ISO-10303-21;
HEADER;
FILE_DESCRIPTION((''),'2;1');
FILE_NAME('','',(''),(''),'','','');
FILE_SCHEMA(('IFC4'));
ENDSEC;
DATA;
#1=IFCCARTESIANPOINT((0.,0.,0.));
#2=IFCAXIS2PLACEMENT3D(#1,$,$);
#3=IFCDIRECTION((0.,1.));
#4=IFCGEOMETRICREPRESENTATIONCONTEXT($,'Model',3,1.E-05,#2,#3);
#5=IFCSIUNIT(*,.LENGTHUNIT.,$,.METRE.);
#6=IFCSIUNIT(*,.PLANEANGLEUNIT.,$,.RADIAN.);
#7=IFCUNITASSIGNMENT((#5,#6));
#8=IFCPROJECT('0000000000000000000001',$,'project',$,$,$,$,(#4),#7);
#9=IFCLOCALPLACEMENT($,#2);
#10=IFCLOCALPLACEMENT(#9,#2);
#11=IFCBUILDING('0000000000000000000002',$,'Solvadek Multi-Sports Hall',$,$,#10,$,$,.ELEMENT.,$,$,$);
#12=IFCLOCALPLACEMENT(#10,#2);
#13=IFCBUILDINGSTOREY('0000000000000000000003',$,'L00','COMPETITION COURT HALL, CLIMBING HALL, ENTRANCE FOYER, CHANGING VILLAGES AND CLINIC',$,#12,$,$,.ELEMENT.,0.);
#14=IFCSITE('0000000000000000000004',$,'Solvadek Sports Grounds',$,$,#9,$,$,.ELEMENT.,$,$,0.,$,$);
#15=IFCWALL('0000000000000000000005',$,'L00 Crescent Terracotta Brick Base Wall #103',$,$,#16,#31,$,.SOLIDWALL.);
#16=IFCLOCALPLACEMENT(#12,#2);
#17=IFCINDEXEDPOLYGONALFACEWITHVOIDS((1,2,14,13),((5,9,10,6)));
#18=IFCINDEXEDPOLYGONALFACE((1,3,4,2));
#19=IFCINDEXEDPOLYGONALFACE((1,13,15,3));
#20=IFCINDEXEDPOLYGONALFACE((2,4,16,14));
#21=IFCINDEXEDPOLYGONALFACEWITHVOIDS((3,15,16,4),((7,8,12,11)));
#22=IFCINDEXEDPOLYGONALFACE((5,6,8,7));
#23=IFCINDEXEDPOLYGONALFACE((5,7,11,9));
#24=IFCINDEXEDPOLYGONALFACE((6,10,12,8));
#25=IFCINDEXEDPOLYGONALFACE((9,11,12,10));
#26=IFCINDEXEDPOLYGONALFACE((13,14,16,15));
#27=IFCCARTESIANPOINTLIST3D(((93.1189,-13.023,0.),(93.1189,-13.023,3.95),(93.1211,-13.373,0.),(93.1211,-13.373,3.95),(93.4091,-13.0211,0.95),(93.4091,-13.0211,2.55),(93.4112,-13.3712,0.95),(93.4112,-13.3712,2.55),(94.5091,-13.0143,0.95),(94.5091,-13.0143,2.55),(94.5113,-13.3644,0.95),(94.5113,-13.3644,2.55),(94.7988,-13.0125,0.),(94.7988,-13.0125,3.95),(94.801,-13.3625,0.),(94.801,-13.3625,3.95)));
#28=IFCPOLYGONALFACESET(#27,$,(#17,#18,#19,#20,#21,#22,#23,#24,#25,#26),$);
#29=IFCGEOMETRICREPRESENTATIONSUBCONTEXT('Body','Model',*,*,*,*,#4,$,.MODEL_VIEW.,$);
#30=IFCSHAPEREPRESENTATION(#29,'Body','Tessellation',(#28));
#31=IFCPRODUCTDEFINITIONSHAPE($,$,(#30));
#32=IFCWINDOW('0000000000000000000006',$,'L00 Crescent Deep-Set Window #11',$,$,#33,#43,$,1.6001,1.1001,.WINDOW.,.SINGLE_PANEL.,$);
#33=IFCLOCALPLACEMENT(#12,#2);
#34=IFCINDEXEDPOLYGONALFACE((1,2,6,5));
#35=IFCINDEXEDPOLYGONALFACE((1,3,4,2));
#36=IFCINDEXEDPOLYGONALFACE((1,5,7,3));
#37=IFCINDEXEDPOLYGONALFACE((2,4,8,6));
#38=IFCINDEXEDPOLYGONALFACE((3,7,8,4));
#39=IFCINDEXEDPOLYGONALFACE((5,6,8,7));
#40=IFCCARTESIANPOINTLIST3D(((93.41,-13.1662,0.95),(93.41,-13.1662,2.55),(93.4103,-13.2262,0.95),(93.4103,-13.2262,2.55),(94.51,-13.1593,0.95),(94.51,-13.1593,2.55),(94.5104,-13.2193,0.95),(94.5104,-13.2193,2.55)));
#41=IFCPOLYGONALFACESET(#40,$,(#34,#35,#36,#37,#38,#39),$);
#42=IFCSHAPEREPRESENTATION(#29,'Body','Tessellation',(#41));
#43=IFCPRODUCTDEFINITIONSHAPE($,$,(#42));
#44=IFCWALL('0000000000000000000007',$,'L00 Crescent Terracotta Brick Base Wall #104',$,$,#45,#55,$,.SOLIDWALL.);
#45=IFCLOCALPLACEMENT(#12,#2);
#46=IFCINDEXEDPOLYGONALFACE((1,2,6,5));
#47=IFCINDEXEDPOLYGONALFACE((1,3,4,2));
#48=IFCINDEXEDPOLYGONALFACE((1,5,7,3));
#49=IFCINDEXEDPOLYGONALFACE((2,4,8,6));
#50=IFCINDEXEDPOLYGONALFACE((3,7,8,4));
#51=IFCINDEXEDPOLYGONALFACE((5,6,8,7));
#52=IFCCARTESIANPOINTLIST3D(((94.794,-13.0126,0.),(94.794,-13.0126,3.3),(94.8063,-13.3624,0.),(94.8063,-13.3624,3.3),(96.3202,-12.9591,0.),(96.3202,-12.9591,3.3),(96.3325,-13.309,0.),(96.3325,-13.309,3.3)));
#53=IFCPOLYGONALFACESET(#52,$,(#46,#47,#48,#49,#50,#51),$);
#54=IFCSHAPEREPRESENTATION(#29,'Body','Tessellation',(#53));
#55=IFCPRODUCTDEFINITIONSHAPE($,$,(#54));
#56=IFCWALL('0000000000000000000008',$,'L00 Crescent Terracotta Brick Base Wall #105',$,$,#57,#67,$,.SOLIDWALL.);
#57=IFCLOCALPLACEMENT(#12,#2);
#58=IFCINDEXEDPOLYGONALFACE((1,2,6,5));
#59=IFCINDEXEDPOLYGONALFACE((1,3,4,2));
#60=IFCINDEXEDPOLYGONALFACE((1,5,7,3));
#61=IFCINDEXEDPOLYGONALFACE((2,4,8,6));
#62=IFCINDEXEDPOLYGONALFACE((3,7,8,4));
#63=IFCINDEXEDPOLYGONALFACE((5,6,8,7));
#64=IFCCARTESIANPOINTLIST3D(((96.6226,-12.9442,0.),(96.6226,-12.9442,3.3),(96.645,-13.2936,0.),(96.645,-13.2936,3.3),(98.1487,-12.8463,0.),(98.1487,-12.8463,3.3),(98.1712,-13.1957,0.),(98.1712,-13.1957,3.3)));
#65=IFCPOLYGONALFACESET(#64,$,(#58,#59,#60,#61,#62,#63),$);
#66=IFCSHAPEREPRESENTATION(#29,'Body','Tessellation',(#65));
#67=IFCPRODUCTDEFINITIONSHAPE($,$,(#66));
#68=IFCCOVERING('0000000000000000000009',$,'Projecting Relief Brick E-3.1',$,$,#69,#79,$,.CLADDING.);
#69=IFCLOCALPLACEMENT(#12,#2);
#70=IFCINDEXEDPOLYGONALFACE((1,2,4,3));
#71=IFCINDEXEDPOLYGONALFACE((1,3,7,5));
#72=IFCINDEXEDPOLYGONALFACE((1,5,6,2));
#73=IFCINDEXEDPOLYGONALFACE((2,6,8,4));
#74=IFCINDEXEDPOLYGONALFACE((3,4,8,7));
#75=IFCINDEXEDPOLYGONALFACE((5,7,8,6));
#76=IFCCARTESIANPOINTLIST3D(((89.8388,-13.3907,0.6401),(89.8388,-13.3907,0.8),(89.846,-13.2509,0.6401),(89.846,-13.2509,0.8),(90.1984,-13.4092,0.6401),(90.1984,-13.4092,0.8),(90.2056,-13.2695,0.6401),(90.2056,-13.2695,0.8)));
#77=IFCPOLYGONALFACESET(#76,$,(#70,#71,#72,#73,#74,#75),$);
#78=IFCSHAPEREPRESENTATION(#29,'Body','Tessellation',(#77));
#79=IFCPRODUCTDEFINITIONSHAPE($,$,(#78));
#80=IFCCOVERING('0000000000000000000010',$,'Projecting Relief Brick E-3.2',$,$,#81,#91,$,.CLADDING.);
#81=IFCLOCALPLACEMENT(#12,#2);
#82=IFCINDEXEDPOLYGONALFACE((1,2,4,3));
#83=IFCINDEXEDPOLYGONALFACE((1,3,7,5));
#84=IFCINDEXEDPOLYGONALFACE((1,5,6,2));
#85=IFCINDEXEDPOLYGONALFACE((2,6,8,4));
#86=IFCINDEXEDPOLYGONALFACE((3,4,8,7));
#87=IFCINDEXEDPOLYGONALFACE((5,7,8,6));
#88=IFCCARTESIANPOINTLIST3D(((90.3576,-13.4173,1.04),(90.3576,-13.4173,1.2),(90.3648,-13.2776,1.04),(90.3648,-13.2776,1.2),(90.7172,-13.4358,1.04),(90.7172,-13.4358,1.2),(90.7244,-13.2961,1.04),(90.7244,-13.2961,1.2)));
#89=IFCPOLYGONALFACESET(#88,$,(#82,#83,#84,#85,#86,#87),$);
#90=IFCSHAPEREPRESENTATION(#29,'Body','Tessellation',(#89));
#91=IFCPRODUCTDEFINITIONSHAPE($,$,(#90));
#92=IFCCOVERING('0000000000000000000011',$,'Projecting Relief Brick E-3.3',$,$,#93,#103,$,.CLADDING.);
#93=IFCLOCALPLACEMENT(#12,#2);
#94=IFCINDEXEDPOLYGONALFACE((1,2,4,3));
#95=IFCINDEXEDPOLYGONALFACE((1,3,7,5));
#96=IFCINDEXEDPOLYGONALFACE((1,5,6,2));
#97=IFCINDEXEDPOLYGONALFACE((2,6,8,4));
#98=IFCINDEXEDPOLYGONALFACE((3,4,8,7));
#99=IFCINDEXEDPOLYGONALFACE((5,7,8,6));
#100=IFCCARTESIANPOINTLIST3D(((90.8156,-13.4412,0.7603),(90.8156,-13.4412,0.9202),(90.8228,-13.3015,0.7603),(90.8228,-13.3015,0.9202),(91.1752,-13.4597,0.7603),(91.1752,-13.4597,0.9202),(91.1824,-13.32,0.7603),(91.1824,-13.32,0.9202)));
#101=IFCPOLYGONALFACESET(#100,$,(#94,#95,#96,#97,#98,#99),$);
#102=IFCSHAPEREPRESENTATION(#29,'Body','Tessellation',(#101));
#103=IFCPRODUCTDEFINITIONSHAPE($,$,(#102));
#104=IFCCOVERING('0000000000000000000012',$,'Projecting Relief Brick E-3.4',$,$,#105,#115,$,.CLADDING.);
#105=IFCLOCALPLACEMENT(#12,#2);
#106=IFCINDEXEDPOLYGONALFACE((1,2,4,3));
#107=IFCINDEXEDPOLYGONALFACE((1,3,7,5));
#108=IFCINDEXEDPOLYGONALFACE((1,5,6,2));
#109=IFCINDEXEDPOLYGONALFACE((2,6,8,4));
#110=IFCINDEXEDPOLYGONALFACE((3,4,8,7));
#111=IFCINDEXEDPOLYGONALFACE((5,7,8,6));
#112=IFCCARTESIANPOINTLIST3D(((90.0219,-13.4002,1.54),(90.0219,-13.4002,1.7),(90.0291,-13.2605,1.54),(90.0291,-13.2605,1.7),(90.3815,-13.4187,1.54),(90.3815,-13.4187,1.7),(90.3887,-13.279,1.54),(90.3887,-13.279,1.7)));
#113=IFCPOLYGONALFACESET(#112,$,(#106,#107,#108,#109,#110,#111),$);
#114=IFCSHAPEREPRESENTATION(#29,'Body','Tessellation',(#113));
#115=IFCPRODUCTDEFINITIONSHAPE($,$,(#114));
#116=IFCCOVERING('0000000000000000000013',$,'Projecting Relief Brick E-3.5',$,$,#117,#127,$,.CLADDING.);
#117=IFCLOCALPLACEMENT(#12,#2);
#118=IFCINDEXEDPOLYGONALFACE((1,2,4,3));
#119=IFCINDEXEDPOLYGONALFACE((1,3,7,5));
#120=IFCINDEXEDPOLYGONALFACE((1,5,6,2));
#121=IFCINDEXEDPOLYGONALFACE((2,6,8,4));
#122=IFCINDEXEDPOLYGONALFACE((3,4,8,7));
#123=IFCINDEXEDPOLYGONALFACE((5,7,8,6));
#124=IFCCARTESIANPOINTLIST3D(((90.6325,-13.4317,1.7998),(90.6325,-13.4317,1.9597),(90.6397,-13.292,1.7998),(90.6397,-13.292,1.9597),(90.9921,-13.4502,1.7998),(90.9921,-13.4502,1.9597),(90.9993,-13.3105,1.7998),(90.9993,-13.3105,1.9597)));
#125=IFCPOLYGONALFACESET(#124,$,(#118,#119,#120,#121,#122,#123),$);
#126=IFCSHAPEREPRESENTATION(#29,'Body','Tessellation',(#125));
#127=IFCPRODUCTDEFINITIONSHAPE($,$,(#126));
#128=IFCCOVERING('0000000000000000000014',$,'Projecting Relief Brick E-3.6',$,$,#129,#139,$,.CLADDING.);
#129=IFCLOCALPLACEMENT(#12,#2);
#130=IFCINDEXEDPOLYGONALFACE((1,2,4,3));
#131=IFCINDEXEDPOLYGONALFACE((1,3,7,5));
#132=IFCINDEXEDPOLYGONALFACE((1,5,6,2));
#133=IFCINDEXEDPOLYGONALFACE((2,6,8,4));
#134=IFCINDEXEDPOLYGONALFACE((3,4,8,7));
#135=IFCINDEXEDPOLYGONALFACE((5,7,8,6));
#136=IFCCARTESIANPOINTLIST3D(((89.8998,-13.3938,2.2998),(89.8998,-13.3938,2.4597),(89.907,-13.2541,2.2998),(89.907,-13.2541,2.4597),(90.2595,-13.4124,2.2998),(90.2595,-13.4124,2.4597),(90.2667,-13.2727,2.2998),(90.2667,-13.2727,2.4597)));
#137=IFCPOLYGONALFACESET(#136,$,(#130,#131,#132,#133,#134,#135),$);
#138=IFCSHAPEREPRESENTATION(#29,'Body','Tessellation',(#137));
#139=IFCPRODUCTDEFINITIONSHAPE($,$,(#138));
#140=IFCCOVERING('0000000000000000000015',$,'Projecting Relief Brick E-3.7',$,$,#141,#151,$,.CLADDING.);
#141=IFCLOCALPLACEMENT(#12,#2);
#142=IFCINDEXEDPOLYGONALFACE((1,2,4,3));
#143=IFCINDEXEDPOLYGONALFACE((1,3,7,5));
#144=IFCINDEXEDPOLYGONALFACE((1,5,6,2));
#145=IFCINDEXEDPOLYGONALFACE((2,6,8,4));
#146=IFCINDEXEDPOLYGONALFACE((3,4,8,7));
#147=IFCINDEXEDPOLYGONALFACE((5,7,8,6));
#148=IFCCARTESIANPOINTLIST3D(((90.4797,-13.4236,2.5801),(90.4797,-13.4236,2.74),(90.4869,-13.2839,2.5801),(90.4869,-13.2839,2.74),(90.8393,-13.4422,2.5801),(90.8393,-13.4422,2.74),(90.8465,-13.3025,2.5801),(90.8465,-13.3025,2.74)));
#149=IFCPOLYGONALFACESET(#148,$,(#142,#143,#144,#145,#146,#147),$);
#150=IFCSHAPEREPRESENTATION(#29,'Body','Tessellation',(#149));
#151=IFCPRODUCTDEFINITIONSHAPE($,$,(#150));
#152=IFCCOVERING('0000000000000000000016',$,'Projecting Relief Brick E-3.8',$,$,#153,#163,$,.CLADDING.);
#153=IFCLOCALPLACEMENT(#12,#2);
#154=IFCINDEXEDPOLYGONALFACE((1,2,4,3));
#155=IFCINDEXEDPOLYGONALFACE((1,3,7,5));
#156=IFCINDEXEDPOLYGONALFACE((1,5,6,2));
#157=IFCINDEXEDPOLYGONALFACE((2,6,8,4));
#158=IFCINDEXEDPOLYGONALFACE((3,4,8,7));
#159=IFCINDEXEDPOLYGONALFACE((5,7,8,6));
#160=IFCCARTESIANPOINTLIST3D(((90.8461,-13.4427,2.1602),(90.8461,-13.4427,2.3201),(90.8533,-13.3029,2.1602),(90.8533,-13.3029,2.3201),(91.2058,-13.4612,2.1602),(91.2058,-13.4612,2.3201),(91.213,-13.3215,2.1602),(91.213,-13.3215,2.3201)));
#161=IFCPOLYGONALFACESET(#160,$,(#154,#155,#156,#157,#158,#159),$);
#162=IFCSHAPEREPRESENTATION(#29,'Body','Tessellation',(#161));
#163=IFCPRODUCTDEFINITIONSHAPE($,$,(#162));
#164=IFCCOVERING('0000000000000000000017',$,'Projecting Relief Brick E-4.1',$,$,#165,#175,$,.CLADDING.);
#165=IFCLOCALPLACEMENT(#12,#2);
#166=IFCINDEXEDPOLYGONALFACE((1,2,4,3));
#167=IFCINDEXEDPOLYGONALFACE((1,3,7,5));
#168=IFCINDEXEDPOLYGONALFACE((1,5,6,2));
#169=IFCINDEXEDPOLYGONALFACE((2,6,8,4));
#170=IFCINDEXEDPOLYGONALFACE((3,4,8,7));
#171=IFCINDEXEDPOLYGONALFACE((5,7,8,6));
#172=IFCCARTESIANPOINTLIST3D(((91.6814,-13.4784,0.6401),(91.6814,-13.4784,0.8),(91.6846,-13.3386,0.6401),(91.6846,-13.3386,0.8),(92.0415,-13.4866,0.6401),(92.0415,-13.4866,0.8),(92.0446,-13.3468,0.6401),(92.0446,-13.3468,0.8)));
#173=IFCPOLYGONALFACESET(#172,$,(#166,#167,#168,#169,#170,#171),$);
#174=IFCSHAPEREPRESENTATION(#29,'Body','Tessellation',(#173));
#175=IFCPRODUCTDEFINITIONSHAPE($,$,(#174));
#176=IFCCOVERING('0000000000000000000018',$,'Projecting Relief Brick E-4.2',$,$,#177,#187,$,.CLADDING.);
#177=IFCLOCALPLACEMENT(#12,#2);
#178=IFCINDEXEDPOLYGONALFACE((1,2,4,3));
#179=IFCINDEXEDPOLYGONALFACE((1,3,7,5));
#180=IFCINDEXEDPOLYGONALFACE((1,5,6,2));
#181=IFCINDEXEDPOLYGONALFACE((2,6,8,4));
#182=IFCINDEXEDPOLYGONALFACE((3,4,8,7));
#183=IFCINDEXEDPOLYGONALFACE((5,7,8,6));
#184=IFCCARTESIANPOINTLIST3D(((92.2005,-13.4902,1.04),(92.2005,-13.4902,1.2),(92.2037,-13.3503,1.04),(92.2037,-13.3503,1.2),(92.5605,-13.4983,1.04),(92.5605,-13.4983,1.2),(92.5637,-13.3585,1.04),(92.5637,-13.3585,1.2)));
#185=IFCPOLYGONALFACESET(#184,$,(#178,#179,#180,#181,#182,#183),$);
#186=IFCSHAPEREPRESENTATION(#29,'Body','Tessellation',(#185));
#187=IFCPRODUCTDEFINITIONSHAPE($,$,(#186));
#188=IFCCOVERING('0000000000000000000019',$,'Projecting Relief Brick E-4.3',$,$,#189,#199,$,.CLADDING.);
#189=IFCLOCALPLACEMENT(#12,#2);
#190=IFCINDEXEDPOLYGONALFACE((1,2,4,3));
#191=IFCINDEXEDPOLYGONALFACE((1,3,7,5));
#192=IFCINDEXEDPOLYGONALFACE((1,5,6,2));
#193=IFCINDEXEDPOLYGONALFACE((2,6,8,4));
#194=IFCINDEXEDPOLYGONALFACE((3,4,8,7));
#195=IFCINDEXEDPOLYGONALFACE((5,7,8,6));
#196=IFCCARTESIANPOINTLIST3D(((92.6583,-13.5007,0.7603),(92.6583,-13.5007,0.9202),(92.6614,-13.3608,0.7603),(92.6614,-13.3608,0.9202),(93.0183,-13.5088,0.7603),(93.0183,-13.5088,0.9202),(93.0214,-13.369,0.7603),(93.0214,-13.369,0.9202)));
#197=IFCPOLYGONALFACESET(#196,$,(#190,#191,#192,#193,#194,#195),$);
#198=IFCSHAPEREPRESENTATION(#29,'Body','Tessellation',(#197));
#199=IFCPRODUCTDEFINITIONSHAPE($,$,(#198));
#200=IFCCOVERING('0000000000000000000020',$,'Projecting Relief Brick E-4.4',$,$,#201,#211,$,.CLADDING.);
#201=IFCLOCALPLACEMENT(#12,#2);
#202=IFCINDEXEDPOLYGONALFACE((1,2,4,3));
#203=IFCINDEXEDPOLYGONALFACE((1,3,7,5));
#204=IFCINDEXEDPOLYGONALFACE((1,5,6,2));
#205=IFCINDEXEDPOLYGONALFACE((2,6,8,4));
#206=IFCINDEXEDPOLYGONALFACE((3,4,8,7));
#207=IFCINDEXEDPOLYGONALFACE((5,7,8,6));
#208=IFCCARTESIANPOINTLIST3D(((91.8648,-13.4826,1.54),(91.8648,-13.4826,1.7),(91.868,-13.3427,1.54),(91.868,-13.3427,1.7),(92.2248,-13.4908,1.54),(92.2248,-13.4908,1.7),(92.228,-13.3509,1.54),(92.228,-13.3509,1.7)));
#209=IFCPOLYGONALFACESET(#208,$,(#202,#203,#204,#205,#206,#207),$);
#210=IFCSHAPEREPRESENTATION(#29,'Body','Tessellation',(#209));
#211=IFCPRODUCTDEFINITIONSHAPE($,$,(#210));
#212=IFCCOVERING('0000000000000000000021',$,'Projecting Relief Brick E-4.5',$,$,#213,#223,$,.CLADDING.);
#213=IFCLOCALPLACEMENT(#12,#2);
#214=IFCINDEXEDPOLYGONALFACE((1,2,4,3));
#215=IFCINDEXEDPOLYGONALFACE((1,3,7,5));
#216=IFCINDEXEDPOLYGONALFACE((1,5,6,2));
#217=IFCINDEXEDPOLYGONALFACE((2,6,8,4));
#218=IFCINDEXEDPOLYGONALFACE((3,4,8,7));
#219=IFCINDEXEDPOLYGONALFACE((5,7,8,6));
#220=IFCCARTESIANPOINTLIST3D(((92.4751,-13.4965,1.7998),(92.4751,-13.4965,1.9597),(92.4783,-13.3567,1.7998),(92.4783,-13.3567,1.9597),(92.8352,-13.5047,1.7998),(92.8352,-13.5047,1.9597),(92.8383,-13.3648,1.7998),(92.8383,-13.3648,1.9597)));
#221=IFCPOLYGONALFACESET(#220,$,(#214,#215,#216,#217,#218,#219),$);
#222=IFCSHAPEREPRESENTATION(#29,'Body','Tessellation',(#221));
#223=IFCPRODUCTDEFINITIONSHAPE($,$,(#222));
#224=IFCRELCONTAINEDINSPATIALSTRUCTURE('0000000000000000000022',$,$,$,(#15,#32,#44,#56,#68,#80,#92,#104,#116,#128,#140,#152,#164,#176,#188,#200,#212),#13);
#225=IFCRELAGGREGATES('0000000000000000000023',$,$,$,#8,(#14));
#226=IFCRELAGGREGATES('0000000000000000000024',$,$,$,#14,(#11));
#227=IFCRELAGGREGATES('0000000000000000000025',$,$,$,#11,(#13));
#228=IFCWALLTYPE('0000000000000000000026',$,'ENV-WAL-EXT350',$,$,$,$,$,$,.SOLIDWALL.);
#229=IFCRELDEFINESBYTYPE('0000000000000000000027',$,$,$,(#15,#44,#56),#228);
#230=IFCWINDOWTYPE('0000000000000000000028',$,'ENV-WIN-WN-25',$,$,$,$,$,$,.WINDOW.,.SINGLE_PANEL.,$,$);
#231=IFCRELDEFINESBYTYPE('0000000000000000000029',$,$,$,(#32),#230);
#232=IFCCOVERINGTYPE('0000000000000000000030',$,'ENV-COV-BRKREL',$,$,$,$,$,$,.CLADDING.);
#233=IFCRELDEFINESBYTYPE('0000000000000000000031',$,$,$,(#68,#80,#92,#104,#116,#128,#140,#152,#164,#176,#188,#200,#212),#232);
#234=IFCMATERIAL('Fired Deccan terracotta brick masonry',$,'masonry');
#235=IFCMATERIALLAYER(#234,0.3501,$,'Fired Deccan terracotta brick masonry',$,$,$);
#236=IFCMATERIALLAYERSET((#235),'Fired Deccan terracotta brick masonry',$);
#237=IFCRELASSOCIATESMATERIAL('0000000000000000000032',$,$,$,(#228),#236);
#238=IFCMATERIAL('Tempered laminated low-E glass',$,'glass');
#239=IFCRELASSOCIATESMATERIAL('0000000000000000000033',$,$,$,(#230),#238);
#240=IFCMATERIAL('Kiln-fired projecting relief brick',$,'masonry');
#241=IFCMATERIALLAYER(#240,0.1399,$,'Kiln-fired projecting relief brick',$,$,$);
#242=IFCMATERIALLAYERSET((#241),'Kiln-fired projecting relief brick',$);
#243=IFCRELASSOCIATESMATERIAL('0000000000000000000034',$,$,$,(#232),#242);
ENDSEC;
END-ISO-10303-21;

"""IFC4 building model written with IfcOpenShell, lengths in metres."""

from ifc_helpers import new_model, si_unit, direction, frame, frame_2d, origin, origin_2d, place, context, subcontext, project, spatial, rectangle, extrude, material, layer, layer_set, type_object, element, fill, save


model = new_model("IFC4")

# Units and contexts
model_context = context("Model", 3, precision=1e-05, world=origin(), true_north=direction((0.0, 1.0)))
body_context = subcontext(model_context, "Body", "Model", "MODEL_VIEW")
ifc_project = project(units=[si_unit("LENGTHUNIT", "METRE"), si_unit("PLANEANGLEUNIT", "RADIAN")], contexts=[model_context])

# Site, building, storey
site_placement = place(None, origin())
site = spatial("IfcSite", under=ifc_project, at=site_placement, Name="Solvadek Sports Grounds", CompositionType="ELEMENT", RefElevation=0.0)
building_placement = place(site_placement, origin())
building = spatial("IfcBuilding", under=site, at=building_placement, Name="Solvadek Multi-Sports Hall", CompositionType="ELEMENT")
storey_placement = place(building_placement, origin())
storey = spatial("IfcBuildingStorey", under=building, at=storey_placement, Name="L00", Description="COMPETITION COURT HALL, CLIMBING HALL, ENTRANCE FOYER, CHANGING VILLAGES AND CLINIC", CompositionType="ELEMENT", Elevation=0.0)

# Shared definitions
ifc_material_1 = material(Name="Fired Deccan terracotta brick masonry", Category="masonry")
ifc_layer_1 = layer(ifc_material_1, 0.3501, Name="Fired Deccan terracotta brick masonry")
ifc_layer_set_1 = layer_set([ifc_layer_1], Name="Fired Deccan terracotta brick masonry")
wall_type = type_object("IfcWallType", Name="ENV-WAL-EXT350", PredefinedType="SOLIDWALL", material=ifc_layer_set_1)

# Wall, opening, window
wall_1_placement = place(storey_placement, frame((93.1201, -13.198, 0.0), z_axis=(0.0, 0.0, 1.0), x_axis=(0.99998, 0.006249, 0.0)))
wall_1 = element("IfcWall", 1, at=wall_1_placement, inside=storey, type_object=wall_type, Name="L00 Crescent Terracotta Brick Base Wall #103", PredefinedType="SOLIDWALL", context=body_context, shape_type="SweptSolid", body=[
    extrude(rectangle(XDim=1.6799, YDim=0.3501, at=frame_2d((0.8398, 0.0))), origin(), (0.0, 0.0, 1.0), 3.95),
])
opening_placement = place(wall_1_placement, frame((0.29, 0.0, 0.95)))
opening = element("IfcOpeningElement", 2, at=opening_placement, cuts=wall_1, PredefinedType="OPENING", context=body_context, shape_type="SweptSolid", body=[
    extrude(rectangle(XDim=1.1001, YDim=1.6001, at=frame_2d((0.55, 0.8))), frame((0.0, 0.1851, 0.0), z_axis=(0.0, -1.0, 0.0), x_axis=(1.0, 0.0, 0.0)), (0.0, 0.0, 1.0), 0.3701),
])
ifc_material_2 = material(Name="Tempered laminated low-E glass", Category="glass")
window_type = type_object("IfcWindowType", Name="ENV-WIN-WN-25", PartitioningType="SINGLE_PANEL", PredefinedType="WINDOW", material=ifc_material_2)
window_placement = place(opening_placement, origin())
window = element("IfcWindow", 3, at=window_placement, inside=storey, type_object=window_type, Name="L00 Crescent Deep-Set Window #11", OverallHeight=1.6001, OverallWidth=1.1001, PartitioningType="SINGLE_PANEL", PredefinedType="WINDOW", context=body_context, shape_type="SweptSolid", body=[
    extrude(rectangle(XDim=1.1001, YDim=1.6001, at=frame_2d((0.55, 0.8))), frame((0.0, 0.03, 0.0), z_axis=(0.0, -1.0, 0.0), x_axis=(1.0, 0.0, 0.0)), (0.0, 0.0, 1.0), 0.0601),
])
fill(opening, window)

# Walls
wall_2_placement = place(storey_placement, frame((94.8, -13.1875, 0.0), z_axis=(0.0, 0.0, 1.0), x_axis=(0.999387, 0.035013, 0.0)))
element("IfcWall", 4, at=wall_2_placement, inside=storey, type_object=wall_type, Name="L00 Crescent Terracotta Brick Base Wall #104", PredefinedType="SOLIDWALL", context=body_context, shape_type="SweptSolid", body=[
    extrude(rectangle(XDim=1.5271, YDim=0.3501, at=frame_2d((0.7637, 0.0))), origin(), (0.0, 0.0, 1.0), 3.3),
])
wall_3_placement = place(storey_placement, frame((96.6338, -13.1189, 0.0), z_axis=(0.0, 0.0, 1.0), x_axis=(0.997949, 0.064018, 0.0)))
element("IfcWall", 5, at=wall_3_placement, inside=storey, type_object=wall_type, Name="L00 Crescent Terracotta Brick Base Wall #105", PredefinedType="SOLIDWALL", context=body_context, shape_type="SweptSolid", body=[
    extrude(rectangle(XDim=1.5293, YDim=0.3501, at=frame_2d((0.7646, 0.0))), origin(), (0.0, 0.0, 1.0), 3.3),
])

# Coverings
ifc_material_3 = material(Name="Kiln-fired projecting relief brick", Category="masonry")
ifc_layer_2 = layer(ifc_material_3, 0.1399, Name="Kiln-fired projecting relief brick")
ifc_layer_set_2 = layer_set([ifc_layer_2], Name="Kiln-fired projecting relief brick")
covering_type = type_object("IfcCoveringType", Name="ENV-COV-BRKREL", PredefinedType="CLADDING", material=ifc_layer_set_2)
for number, where, z_axis, x_axis, name in (
    (6, (90.0222, -13.3301, 0.6401), (0.0, 0.0, 1.0), (0.998671, -0.051539, 0.0), "Projecting Relief Brick E-3.1"),
    (7, (90.541, -13.3567, 1.04), (0.0, 0.0, 1.0), (0.998671, -0.051539, 0.0), "Projecting Relief Brick E-3.2"),
    (8, (90.999, -13.3806, 0.7603), (0.0, 0.0, 1.0), (0.998671, -0.051539, 0.0), "Projecting Relief Brick E-3.3"),
    (9, (90.2053, -13.3396, 1.54), (0.0, 0.0, 1.0), (0.998671, -0.051539, 0.0), "Projecting Relief Brick E-3.4"),
    (10, (90.8159, -13.3711, 1.7998), (0.0, 0.0, 1.0), (0.998671, -0.051539, 0.0), "Projecting Relief Brick E-3.5"),
    (11, (90.0833, -13.3333, 2.2998), (0.0, 0.0, 1.0), (0.998671, -0.051539, 0.0), "Projecting Relief Brick E-3.6"),
    (12, (90.6631, -13.363, 2.5801), (0.0, 0.0, 1.0), (0.998671, -0.051539, 0.0), "Projecting Relief Brick E-3.7"),
    (13, (91.0295, -13.3821, 2.1602), (0.0, 0.0, 1.0), (0.998671, -0.051539, 0.0), "Projecting Relief Brick E-3.8"),
    (14, (91.863, -13.4126, 0.6401), (0.0, 0.0, 1.0), (0.999743, -0.022673, 0.0), "Projecting Relief Brick E-4.1"),
    (15, (92.3821, -13.4243, 1.04), (0.0, 0.0, 1.0), (0.999743, -0.022673, 0.0), "Projecting Relief Brick E-4.2"),
    (16, (92.8398, -13.4348, 0.7603), (0.0, 0.0, 1.0), (0.999743, -0.022673, 0.0), "Projecting Relief Brick E-4.3"),
    (17, (92.0464, -13.4167, 1.54), (0.0, 0.0, 1.0), (0.999743, -0.022673, 0.0), "Projecting Relief Brick E-4.4"),
    (18, (92.6567, -13.4307, 1.7998), (0.0, 0.0, 1.0), (0.999743, -0.022673, 0.0), "Projecting Relief Brick E-4.5"),
):
    element("IfcCovering", number, at=place(storey_placement, frame(where, z_axis=z_axis, x_axis=x_axis)), inside=storey, type_object=covering_type, Name=name, PredefinedType="CLADDING", context=body_context, shape_type="SweptSolid", body=[
        extrude(rectangle(XDim=0.3601, YDim=0.1399, at=origin_2d()), origin(), (0.0, 0.0, 1.0), 0.1599),
    ])

save(model, "model.ifc")
